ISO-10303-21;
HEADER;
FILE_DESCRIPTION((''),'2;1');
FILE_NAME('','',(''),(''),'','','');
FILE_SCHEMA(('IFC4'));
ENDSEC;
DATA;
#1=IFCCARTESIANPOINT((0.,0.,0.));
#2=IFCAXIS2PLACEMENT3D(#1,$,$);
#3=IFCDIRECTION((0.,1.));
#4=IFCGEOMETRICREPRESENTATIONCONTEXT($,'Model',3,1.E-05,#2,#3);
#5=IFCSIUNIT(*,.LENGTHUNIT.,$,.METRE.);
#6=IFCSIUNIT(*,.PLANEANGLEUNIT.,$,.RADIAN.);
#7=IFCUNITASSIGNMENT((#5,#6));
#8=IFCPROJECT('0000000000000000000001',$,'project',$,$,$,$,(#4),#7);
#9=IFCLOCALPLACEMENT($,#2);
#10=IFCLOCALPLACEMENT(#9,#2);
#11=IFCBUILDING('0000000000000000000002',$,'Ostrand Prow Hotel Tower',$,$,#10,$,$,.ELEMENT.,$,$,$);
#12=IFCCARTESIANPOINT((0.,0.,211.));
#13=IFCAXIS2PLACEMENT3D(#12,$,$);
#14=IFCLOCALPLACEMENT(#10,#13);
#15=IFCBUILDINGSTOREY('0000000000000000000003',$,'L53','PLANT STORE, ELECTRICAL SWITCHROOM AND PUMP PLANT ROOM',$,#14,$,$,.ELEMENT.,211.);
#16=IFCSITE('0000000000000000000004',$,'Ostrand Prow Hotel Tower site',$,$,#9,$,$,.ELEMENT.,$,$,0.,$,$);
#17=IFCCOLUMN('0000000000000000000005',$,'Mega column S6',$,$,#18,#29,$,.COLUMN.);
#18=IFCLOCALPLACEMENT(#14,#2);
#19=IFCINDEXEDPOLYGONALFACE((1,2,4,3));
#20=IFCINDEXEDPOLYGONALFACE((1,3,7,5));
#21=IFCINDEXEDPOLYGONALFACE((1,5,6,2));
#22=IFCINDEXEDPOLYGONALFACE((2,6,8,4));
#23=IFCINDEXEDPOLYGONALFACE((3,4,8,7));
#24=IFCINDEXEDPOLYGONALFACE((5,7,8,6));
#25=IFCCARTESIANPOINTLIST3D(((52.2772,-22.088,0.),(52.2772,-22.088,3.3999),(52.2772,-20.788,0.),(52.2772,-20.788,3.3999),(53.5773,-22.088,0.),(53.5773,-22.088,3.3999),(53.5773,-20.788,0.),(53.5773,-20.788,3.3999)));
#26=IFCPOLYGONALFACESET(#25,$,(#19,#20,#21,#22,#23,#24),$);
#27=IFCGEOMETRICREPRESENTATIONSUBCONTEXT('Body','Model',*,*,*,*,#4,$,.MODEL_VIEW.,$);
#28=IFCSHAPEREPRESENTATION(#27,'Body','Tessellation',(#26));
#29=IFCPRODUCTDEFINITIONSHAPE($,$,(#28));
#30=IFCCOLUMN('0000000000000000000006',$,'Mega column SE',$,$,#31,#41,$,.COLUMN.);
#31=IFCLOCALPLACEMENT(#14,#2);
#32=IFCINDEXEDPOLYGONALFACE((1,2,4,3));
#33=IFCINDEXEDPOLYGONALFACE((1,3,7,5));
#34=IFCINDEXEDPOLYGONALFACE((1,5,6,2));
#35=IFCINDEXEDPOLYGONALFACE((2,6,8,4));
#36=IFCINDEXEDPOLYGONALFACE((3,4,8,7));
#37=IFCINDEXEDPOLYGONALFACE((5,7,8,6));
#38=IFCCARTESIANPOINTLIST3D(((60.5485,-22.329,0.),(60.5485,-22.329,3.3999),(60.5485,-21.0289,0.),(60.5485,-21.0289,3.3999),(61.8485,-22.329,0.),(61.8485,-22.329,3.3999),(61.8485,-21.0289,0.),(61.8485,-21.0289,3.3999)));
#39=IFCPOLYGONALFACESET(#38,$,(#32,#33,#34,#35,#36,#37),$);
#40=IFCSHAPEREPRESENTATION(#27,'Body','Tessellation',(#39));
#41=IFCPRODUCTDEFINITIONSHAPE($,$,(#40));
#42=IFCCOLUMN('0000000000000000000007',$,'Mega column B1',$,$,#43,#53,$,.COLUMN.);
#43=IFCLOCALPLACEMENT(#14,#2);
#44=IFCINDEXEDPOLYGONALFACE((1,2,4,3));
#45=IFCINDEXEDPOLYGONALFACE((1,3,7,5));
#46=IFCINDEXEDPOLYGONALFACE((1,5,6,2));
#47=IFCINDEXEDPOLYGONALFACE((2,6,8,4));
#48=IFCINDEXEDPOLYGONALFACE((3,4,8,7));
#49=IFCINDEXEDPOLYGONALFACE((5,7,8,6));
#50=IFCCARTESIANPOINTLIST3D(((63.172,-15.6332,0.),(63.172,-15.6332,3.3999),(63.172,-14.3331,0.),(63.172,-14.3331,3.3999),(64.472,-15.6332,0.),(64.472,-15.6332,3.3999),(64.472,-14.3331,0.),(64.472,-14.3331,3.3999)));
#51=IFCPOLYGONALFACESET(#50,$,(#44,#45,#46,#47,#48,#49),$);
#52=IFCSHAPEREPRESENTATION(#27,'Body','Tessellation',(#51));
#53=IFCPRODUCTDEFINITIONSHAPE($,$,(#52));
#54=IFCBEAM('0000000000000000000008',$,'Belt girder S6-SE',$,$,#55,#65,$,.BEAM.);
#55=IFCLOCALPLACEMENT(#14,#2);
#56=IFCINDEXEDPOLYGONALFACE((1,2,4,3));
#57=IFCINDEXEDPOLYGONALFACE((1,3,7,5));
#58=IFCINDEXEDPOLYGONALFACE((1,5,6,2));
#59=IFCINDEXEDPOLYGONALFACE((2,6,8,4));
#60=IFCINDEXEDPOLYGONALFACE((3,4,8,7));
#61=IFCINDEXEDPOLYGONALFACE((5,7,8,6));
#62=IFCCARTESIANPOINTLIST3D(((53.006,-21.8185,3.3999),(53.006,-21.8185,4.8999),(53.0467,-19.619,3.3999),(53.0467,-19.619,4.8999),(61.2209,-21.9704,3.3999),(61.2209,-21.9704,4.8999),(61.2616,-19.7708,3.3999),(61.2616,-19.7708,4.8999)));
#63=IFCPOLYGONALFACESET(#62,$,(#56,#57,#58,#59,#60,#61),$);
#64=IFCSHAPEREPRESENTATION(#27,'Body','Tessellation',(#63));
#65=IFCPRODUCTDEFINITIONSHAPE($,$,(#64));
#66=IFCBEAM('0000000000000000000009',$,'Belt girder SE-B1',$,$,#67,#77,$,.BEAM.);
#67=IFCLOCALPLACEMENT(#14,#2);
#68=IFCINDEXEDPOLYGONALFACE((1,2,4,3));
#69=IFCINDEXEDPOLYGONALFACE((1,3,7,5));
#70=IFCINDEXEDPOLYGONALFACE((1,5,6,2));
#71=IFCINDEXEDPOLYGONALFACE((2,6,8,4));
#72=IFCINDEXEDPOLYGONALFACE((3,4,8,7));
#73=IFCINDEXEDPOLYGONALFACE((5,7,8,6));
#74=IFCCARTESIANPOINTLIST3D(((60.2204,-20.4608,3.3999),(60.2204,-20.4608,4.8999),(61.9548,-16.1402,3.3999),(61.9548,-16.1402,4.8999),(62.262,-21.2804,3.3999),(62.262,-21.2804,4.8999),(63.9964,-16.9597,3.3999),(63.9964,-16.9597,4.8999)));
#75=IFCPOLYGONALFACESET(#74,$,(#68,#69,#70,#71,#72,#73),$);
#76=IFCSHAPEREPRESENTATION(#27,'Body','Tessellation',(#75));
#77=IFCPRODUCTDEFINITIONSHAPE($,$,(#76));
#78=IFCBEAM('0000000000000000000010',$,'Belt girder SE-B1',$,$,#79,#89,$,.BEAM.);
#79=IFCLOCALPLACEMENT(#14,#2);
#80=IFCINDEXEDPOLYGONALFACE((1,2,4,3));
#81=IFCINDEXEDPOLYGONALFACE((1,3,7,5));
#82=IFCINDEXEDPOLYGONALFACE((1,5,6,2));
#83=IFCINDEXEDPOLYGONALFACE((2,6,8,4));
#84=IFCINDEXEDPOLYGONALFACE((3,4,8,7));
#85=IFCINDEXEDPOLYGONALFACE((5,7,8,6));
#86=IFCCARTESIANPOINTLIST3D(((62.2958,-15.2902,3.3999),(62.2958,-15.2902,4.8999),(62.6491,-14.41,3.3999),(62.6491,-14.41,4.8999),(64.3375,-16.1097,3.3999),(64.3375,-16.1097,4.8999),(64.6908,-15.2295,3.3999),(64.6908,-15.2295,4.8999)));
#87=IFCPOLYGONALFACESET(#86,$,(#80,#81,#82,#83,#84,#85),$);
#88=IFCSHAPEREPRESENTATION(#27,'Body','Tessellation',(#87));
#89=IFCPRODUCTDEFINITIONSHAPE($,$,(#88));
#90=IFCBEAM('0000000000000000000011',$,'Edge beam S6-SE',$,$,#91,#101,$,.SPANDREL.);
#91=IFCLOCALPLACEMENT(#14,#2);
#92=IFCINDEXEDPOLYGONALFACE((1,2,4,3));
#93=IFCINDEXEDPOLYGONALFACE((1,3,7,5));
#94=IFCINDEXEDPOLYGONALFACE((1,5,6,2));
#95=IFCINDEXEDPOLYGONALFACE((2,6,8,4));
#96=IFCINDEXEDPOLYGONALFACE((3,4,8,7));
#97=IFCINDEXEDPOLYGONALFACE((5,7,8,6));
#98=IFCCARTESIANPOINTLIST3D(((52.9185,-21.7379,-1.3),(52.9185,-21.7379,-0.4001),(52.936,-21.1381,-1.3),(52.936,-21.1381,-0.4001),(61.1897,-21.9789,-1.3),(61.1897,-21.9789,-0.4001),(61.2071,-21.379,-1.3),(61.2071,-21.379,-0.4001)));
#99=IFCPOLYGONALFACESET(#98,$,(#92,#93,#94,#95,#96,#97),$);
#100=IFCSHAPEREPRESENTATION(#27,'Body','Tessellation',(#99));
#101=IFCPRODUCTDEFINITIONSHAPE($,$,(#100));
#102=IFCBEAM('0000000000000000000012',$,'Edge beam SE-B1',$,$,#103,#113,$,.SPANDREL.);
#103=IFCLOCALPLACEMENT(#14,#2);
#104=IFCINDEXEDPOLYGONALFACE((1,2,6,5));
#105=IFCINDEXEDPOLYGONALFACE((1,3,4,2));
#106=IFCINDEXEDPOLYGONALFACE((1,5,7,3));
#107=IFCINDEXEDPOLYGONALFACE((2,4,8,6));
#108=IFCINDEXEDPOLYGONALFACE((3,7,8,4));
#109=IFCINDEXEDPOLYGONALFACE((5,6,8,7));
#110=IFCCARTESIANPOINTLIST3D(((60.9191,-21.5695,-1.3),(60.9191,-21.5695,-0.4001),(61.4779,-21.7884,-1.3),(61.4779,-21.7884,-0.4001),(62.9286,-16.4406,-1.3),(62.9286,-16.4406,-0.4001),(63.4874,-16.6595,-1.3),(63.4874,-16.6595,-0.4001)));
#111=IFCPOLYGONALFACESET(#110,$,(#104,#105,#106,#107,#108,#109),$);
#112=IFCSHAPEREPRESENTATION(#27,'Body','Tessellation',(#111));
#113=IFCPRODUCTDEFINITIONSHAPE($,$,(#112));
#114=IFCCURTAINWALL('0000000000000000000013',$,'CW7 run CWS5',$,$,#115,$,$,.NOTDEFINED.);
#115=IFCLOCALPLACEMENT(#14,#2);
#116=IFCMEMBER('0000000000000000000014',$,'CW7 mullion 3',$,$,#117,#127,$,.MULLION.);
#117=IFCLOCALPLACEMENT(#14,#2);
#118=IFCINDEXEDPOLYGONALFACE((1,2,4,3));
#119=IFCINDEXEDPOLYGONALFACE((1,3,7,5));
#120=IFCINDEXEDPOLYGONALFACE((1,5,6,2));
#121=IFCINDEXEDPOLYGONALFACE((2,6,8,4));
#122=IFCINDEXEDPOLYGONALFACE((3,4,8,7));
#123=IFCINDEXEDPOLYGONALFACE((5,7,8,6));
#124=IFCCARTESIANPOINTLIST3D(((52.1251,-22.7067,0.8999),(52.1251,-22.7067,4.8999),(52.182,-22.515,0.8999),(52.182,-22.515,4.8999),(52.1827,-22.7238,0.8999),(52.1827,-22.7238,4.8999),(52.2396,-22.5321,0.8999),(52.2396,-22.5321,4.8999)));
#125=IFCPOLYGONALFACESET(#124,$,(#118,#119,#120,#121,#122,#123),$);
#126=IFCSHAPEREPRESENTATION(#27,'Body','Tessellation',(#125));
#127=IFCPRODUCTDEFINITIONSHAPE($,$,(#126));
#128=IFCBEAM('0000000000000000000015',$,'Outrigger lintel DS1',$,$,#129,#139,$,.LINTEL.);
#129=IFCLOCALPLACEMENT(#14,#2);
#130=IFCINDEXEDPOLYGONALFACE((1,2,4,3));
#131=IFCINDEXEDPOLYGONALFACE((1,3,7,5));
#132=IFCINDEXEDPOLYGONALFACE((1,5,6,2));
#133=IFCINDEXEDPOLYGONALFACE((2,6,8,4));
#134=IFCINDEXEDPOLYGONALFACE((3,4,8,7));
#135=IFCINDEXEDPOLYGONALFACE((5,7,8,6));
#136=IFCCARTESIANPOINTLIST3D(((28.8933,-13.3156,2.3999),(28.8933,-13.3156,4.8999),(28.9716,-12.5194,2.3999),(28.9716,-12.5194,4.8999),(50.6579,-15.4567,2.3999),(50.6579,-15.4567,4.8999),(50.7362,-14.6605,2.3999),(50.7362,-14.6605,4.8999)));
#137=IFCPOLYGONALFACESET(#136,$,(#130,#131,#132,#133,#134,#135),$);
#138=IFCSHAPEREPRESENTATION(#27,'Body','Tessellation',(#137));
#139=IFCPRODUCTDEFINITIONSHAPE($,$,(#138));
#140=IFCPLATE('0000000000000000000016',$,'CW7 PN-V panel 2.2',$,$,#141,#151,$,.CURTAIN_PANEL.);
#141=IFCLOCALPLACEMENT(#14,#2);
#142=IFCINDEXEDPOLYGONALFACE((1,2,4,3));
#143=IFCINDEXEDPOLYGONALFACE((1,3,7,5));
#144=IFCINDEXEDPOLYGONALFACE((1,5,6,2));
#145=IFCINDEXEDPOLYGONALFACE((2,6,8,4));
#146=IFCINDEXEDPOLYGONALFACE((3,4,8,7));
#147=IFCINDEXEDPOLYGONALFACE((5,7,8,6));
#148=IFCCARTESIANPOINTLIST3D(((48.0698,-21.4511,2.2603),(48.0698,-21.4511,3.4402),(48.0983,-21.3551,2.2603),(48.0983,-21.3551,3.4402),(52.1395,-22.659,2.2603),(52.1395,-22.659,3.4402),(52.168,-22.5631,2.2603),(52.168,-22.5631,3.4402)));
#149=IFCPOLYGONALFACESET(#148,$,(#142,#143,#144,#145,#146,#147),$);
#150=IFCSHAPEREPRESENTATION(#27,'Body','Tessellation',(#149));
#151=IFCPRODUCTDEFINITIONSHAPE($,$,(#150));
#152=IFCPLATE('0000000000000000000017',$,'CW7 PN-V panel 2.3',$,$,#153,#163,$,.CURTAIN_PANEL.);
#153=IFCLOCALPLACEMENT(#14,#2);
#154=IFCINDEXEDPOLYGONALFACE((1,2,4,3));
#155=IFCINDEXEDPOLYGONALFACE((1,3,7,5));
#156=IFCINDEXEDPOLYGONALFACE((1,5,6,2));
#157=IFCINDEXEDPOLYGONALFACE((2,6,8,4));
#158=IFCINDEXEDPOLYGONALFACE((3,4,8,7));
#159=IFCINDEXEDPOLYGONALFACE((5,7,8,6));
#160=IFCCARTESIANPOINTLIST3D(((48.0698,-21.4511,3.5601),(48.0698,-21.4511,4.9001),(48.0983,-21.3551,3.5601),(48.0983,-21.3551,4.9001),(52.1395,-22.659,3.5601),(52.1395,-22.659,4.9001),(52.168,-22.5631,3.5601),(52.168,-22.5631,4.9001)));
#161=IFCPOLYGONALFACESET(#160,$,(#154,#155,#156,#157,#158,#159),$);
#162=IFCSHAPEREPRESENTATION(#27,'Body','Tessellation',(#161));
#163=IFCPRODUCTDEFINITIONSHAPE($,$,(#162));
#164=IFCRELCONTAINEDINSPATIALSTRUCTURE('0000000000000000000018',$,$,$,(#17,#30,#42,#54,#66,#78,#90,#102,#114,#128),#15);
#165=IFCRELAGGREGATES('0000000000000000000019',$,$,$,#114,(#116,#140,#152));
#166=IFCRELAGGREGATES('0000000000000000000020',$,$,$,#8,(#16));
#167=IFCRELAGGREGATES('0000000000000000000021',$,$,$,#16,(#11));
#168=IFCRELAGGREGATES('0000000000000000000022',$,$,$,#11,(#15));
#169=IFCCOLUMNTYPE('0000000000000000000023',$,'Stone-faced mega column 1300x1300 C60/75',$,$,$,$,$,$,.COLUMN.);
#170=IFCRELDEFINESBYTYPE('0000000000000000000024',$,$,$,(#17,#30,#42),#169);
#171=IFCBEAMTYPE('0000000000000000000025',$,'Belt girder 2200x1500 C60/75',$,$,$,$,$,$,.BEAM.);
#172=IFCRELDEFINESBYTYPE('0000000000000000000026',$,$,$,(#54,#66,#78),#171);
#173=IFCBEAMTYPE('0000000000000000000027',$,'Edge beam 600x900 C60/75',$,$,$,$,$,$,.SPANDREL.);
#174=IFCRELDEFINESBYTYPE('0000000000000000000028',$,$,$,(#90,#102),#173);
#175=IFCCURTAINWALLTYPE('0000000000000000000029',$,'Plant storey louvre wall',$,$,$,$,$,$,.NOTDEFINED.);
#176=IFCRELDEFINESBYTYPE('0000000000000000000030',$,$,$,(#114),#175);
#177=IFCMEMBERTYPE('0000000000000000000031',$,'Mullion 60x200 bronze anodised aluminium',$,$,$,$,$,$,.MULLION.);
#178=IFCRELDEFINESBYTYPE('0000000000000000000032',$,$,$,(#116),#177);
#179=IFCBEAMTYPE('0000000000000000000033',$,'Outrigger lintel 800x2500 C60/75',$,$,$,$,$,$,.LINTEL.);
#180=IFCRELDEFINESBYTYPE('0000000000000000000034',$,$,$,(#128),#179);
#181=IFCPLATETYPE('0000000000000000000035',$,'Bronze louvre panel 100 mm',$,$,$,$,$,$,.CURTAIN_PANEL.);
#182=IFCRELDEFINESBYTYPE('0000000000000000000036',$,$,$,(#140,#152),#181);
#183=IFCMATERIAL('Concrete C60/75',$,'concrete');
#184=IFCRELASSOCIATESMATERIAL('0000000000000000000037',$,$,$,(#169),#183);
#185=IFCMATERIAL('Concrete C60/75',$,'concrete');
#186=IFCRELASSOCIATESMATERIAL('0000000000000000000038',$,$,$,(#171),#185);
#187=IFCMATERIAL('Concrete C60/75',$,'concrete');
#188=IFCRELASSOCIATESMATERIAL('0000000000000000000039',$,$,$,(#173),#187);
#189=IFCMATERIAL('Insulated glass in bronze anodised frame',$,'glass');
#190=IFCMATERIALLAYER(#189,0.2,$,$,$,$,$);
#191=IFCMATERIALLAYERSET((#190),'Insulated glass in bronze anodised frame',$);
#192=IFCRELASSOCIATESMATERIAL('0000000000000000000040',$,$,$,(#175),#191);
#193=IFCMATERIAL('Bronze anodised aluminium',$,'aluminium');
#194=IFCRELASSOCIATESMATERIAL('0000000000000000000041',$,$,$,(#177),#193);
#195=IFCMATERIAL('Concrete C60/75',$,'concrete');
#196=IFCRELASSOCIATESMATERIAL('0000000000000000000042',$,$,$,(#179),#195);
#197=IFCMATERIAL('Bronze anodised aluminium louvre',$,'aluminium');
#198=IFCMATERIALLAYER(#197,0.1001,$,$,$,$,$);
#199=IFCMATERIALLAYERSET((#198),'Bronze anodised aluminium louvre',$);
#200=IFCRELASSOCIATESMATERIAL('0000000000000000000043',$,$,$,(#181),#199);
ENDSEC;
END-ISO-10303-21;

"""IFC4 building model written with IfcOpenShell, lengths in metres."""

from ifc_helpers import new_model, si_unit, direction, frame, origin, origin_2d, place, context, subcontext, project, spatial, rectangle, extrude, material, layer, layer_set, material_profile, profile_set, type_object, element, aggregate, save


model = new_model("IFC4")

# Units and contexts
model_context = context("Model", 3, precision=1e-05, world=origin(), true_north=direction((0.0, 1.0)))
body_context = subcontext(model_context, "Body", "Model", "MODEL_VIEW")
ifc_project = project(units=[si_unit("LENGTHUNIT", "METRE"), si_unit("PLANEANGLEUNIT", "RADIAN")], contexts=[model_context])

# Site, building, storey
site_placement = place(None, origin())
site = spatial("IfcSite", under=ifc_project, at=site_placement, Name="Ostrand Prow Hotel Tower site", CompositionType="ELEMENT", RefElevation=0.0)
building_placement = place(site_placement, origin())
building = spatial("IfcBuilding", under=site, at=building_placement, Name="Ostrand Prow Hotel Tower", CompositionType="ELEMENT")
storey_placement = place(building_placement, frame((0.0, 0.0, 211.0)))
storey = spatial("IfcBuildingStorey", under=building, at=storey_placement, Name="L53", Description="PLANT STORE, ELECTRICAL SWITCHROOM AND PUMP PLANT ROOM", CompositionType="ELEMENT", Elevation=211.0)

# Columns
ifc_material_1 = material(Name="Concrete C60/75", Category="concrete")
ifc_material_profile_1 = material_profile(ifc_material_1, rectangle(XDim=1.3, YDim=1.3, at=origin_2d()), Name="RC 1300x1300")
ifc_profile_set_1 = profile_set([ifc_material_profile_1], Name="Concrete C60/75")
column_type = type_object("IfcColumnType", Name="Stone-faced mega column 1300x1300 C60/75", PredefinedType="COLUMN", material=ifc_profile_set_1)
for number, where, z_axis, x_axis, name in (
    (1, (52.9272, -21.438, 0.0), (0.0, 0.0, 1.0), (1.0, 0.0, 0.0), "Mega column S6"),
    (2, (61.1985, -21.679, 0.0), (0.0, 0.0, 1.0), (1.0, 0.0, 0.0), "Mega column SE"),
    (3, (63.822, -14.9832, 0.0), (0.0, 0.0, 1.0), (1.0, 0.0, 0.0), "Mega column B1"),
):
    element("IfcColumn", number, at=place(storey_placement, frame(where, z_axis=z_axis, x_axis=x_axis)), inside=storey, type_object=column_type, Name=name, PredefinedType="COLUMN", context=body_context, shape_type="SweptSolid", body=[
        extrude(rectangle(XDim=1.3, YDim=1.3, at=origin_2d()), origin(), (0.0, 0.0, 1.0), 3.3999),
    ])

# Beams
ifc_material_2 = material(Name="Concrete C60/75", Category="concrete")
ifc_material_profile_2 = material_profile(ifc_material_2, rectangle(XDim=2.2, YDim=1.5, at=origin_2d()), Name="RC 2200x1500")
ifc_profile_set_2 = profile_set([ifc_material_profile_2], Name="Concrete C60/75")
beam_type_1 = type_object("IfcBeamType", Name="Belt girder 2200x1500 C60/75", PredefinedType="BEAM", material=ifc_profile_set_2)
beam_1_placement = place(storey_placement, frame((53.0264, -20.7188, 4.1499), z_axis=(0.999829, -0.018482, 0.0), x_axis=(0.018482, 0.999829, 0.0)))
element("IfcBeam", 4, at=beam_1_placement, inside=storey, type_object=beam_type_1, Name="Belt girder S6-SE", PredefinedType="BEAM", context=body_context, shape_type="SweptSolid", body=[
    extrude(rectangle(XDim=2.2, YDim=1.5, at=origin_2d()), origin(), (0.0, 0.0, 1.0), 8.2163),
])
beam_2_placement = place(storey_placement, frame((61.2412, -20.8706, 4.1499), z_axis=(0.37253, 0.92802, 0.0), x_axis=(-0.92802, 0.37253, 0.0)))
element("IfcBeam", 5, at=beam_2_placement, inside=storey, type_object=beam_type_1, Name="Belt girder SE-B1", PredefinedType="BEAM", context=body_context, shape_type="SweptSolid", body=[
    extrude(rectangle(XDim=2.2, YDim=1.5, at=origin_2d()), origin(), (0.0, 0.0, 1.0), 4.6558),
])
beam_3_placement = place(storey_placement, frame((63.3167, -15.7, 4.1499), z_axis=(0.3725, 0.928032, 0.0), x_axis=(-0.928032, 0.3725, 0.0)))
element("IfcBeam", 6, at=beam_3_placement, inside=storey, type_object=beam_type_1, Name="Belt girder SE-B1", PredefinedType="BEAM", context=body_context, shape_type="SweptSolid", body=[
    extrude(rectangle(XDim=2.2, YDim=1.5, at=origin_2d()), origin(), (0.0, 0.0, 1.0), 0.9485),
])
ifc_material_3 = material(Name="Concrete C60/75", Category="concrete")
ifc_material_profile_3 = material_profile(ifc_material_3, rectangle(XDim=0.6001, YDim=0.8999, at=origin_2d()), Name="RC 600x900")
ifc_profile_set_3 = profile_set([ifc_material_profile_3], Name="Concrete C60/75")
beam_type_2 = type_object("IfcBeamType", Name="Edge beam 600x900 C60/75", PredefinedType="SPANDREL", material=ifc_profile_set_3)
beam_4_placement = place(storey_placement, frame((52.9272, -21.438, -0.8501), z_axis=(0.999576, -0.029121, 0.0), x_axis=(0.029121, 0.999576, 0.0)))
element("IfcBeam", 7, at=beam_4_placement, inside=storey, type_object=beam_type_2, Name="Edge beam S6-SE", PredefinedType="SPANDREL", context=body_context, shape_type="SweptSolid", body=[
    extrude(rectangle(XDim=0.6001, YDim=0.8999, at=origin_2d()), origin(), (0.0, 0.0, 1.0), 8.2747),
])
beam_5_placement = place(storey_placement, frame((61.1985, -21.679, -0.8501), z_axis=(0.364802, 0.931085, 0.0), x_axis=(-0.931085, 0.364802, 0.0)))
element("IfcBeam", 8, at=beam_5_placement, inside=storey, type_object=beam_type_2, Name="Edge beam SE-B1", PredefinedType="SPANDREL", context=body_context, shape_type="SweptSolid", body=[
    extrude(rectangle(XDim=0.6001, YDim=0.8999, at=origin_2d()), origin(), (0.0, 0.0, 1.0), 5.5085),
])

# Curtain wall, member
ifc_material_4 = material(Name="Insulated glass in bronze anodised frame", Category="glass")
ifc_layer_1 = layer(ifc_material_4, 0.2)
ifc_layer_set_1 = layer_set([ifc_layer_1], Name="Insulated glass in bronze anodised frame")
curtain_wall_type = type_object("IfcCurtainWallType", Name="Plant storey louvre wall", PredefinedType="NOTDEFINED", material=ifc_layer_set_1)
curtain_wall_placement = place(storey_placement, origin())
curtain_wall = element("IfcCurtainWall", 9, at=curtain_wall_placement, inside=storey, type_object=curtain_wall_type, Name="CW7 run CWS5", PredefinedType="NOTDEFINED")
ifc_material_5 = material(Name="Bronze anodised aluminium", Category="aluminium")
ifc_material_profile_4 = material_profile(ifc_material_5, rectangle(XDim=0.2, YDim=0.0601, at=origin_2d()), Name="Mullion 60x200 bronze anodised aluminium")
ifc_profile_set_4 = profile_set([ifc_material_profile_4], Name="Bronze anodised aluminium")
member_type = type_object("IfcMemberType", Name="Mullion 60x200 bronze anodised aluminium", PredefinedType="MULLION", material=ifc_profile_set_4)
member_placement = place(storey_placement, frame((52.1824, -22.6194, 0.8999), z_axis=(0.0, 0.0, 1.0), x_axis=(0.284544, 0.958663, 0.0)))
member = element("IfcMember", 10, at=member_placement, type_object=member_type, Name="CW7 mullion 3", PredefinedType="MULLION", context=body_context, shape_type="SweptSolid", body=[
    extrude(rectangle(XDim=0.2, YDim=0.0601, at=origin_2d()), origin(), (0.0, 0.0, 1.0), 4.0),
])

# Beam
ifc_material_6 = material(Name="Concrete C60/75", Category="concrete")
ifc_material_profile_5 = material_profile(ifc_material_6, rectangle(XDim=0.8, YDim=2.5, at=origin_2d()), Name="RC 800x2500")
ifc_profile_set_5 = profile_set([ifc_material_profile_5], Name="Concrete C60/75")
beam_type_3 = type_object("IfcBeamType", Name="Outrigger lintel 800x2500 C60/75", PredefinedType="LINTEL", material=ifc_profile_set_5)
beam_6_placement = place(storey_placement, frame((50.697, -15.0586, 3.6499), z_axis=(-0.995196, 0.097903, 0.0), x_axis=(-0.097903, -0.995196, 0.0)))
element("IfcBeam", 11, at=beam_6_placement, inside=storey, type_object=beam_type_3, Name="Outrigger lintel DS1", PredefinedType="LINTEL", context=body_context, shape_type="SweptSolid", body=[
    extrude(rectangle(XDim=0.8, YDim=2.5, at=origin_2d()), origin(), (0.0, 0.0, 1.0), 21.8696),
])

# Plates
ifc_material_7 = material(Name="Bronze anodised aluminium louvre", Category="aluminium")
ifc_layer_2 = layer(ifc_material_7, 0.1001)
ifc_layer_set_2 = layer_set([ifc_layer_2], Name="Bronze anodised aluminium louvre")
plate_type = type_object("IfcPlateType", Name="Bronze louvre panel 100 mm", PredefinedType="CURTAIN_PANEL", material=ifc_layer_set_2)
plate_1_placement = place(storey_placement, frame((50.1189, -22.0071, 2.2603), z_axis=(0.0, 0.0, 1.0), x_axis=(0.958663, -0.284544, 0.0)))
plate_1 = element("IfcPlate", 12, at=plate_1_placement, type_object=plate_type, Name="CW7 PN-V panel 2.2", PredefinedType="CURTAIN_PANEL", context=body_context, shape_type="SweptSolid", body=[
    extrude(rectangle(XDim=4.2451, YDim=0.1001, at=origin_2d()), origin(), (0.0, 0.0, 1.0), 1.1799),
])
plate_2_placement = place(storey_placement, frame((50.1189, -22.0071, 3.5601), z_axis=(0.0, 0.0, 1.0), x_axis=(0.958663, -0.284544, 0.0)))
plate_2 = element("IfcPlate", 13, at=plate_2_placement, type_object=plate_type, Name="CW7 PN-V panel 2.3", PredefinedType="CURTAIN_PANEL", context=body_context, shape_type="SweptSolid", body=[
    extrude(rectangle(XDim=4.2451, YDim=0.1001, at=origin_2d()), origin(), (0.0, 0.0, 1.0), 1.3401),
])
aggregate(curtain_wall, [member, plate_1, plate_2])

save(model, "model.ifc")
